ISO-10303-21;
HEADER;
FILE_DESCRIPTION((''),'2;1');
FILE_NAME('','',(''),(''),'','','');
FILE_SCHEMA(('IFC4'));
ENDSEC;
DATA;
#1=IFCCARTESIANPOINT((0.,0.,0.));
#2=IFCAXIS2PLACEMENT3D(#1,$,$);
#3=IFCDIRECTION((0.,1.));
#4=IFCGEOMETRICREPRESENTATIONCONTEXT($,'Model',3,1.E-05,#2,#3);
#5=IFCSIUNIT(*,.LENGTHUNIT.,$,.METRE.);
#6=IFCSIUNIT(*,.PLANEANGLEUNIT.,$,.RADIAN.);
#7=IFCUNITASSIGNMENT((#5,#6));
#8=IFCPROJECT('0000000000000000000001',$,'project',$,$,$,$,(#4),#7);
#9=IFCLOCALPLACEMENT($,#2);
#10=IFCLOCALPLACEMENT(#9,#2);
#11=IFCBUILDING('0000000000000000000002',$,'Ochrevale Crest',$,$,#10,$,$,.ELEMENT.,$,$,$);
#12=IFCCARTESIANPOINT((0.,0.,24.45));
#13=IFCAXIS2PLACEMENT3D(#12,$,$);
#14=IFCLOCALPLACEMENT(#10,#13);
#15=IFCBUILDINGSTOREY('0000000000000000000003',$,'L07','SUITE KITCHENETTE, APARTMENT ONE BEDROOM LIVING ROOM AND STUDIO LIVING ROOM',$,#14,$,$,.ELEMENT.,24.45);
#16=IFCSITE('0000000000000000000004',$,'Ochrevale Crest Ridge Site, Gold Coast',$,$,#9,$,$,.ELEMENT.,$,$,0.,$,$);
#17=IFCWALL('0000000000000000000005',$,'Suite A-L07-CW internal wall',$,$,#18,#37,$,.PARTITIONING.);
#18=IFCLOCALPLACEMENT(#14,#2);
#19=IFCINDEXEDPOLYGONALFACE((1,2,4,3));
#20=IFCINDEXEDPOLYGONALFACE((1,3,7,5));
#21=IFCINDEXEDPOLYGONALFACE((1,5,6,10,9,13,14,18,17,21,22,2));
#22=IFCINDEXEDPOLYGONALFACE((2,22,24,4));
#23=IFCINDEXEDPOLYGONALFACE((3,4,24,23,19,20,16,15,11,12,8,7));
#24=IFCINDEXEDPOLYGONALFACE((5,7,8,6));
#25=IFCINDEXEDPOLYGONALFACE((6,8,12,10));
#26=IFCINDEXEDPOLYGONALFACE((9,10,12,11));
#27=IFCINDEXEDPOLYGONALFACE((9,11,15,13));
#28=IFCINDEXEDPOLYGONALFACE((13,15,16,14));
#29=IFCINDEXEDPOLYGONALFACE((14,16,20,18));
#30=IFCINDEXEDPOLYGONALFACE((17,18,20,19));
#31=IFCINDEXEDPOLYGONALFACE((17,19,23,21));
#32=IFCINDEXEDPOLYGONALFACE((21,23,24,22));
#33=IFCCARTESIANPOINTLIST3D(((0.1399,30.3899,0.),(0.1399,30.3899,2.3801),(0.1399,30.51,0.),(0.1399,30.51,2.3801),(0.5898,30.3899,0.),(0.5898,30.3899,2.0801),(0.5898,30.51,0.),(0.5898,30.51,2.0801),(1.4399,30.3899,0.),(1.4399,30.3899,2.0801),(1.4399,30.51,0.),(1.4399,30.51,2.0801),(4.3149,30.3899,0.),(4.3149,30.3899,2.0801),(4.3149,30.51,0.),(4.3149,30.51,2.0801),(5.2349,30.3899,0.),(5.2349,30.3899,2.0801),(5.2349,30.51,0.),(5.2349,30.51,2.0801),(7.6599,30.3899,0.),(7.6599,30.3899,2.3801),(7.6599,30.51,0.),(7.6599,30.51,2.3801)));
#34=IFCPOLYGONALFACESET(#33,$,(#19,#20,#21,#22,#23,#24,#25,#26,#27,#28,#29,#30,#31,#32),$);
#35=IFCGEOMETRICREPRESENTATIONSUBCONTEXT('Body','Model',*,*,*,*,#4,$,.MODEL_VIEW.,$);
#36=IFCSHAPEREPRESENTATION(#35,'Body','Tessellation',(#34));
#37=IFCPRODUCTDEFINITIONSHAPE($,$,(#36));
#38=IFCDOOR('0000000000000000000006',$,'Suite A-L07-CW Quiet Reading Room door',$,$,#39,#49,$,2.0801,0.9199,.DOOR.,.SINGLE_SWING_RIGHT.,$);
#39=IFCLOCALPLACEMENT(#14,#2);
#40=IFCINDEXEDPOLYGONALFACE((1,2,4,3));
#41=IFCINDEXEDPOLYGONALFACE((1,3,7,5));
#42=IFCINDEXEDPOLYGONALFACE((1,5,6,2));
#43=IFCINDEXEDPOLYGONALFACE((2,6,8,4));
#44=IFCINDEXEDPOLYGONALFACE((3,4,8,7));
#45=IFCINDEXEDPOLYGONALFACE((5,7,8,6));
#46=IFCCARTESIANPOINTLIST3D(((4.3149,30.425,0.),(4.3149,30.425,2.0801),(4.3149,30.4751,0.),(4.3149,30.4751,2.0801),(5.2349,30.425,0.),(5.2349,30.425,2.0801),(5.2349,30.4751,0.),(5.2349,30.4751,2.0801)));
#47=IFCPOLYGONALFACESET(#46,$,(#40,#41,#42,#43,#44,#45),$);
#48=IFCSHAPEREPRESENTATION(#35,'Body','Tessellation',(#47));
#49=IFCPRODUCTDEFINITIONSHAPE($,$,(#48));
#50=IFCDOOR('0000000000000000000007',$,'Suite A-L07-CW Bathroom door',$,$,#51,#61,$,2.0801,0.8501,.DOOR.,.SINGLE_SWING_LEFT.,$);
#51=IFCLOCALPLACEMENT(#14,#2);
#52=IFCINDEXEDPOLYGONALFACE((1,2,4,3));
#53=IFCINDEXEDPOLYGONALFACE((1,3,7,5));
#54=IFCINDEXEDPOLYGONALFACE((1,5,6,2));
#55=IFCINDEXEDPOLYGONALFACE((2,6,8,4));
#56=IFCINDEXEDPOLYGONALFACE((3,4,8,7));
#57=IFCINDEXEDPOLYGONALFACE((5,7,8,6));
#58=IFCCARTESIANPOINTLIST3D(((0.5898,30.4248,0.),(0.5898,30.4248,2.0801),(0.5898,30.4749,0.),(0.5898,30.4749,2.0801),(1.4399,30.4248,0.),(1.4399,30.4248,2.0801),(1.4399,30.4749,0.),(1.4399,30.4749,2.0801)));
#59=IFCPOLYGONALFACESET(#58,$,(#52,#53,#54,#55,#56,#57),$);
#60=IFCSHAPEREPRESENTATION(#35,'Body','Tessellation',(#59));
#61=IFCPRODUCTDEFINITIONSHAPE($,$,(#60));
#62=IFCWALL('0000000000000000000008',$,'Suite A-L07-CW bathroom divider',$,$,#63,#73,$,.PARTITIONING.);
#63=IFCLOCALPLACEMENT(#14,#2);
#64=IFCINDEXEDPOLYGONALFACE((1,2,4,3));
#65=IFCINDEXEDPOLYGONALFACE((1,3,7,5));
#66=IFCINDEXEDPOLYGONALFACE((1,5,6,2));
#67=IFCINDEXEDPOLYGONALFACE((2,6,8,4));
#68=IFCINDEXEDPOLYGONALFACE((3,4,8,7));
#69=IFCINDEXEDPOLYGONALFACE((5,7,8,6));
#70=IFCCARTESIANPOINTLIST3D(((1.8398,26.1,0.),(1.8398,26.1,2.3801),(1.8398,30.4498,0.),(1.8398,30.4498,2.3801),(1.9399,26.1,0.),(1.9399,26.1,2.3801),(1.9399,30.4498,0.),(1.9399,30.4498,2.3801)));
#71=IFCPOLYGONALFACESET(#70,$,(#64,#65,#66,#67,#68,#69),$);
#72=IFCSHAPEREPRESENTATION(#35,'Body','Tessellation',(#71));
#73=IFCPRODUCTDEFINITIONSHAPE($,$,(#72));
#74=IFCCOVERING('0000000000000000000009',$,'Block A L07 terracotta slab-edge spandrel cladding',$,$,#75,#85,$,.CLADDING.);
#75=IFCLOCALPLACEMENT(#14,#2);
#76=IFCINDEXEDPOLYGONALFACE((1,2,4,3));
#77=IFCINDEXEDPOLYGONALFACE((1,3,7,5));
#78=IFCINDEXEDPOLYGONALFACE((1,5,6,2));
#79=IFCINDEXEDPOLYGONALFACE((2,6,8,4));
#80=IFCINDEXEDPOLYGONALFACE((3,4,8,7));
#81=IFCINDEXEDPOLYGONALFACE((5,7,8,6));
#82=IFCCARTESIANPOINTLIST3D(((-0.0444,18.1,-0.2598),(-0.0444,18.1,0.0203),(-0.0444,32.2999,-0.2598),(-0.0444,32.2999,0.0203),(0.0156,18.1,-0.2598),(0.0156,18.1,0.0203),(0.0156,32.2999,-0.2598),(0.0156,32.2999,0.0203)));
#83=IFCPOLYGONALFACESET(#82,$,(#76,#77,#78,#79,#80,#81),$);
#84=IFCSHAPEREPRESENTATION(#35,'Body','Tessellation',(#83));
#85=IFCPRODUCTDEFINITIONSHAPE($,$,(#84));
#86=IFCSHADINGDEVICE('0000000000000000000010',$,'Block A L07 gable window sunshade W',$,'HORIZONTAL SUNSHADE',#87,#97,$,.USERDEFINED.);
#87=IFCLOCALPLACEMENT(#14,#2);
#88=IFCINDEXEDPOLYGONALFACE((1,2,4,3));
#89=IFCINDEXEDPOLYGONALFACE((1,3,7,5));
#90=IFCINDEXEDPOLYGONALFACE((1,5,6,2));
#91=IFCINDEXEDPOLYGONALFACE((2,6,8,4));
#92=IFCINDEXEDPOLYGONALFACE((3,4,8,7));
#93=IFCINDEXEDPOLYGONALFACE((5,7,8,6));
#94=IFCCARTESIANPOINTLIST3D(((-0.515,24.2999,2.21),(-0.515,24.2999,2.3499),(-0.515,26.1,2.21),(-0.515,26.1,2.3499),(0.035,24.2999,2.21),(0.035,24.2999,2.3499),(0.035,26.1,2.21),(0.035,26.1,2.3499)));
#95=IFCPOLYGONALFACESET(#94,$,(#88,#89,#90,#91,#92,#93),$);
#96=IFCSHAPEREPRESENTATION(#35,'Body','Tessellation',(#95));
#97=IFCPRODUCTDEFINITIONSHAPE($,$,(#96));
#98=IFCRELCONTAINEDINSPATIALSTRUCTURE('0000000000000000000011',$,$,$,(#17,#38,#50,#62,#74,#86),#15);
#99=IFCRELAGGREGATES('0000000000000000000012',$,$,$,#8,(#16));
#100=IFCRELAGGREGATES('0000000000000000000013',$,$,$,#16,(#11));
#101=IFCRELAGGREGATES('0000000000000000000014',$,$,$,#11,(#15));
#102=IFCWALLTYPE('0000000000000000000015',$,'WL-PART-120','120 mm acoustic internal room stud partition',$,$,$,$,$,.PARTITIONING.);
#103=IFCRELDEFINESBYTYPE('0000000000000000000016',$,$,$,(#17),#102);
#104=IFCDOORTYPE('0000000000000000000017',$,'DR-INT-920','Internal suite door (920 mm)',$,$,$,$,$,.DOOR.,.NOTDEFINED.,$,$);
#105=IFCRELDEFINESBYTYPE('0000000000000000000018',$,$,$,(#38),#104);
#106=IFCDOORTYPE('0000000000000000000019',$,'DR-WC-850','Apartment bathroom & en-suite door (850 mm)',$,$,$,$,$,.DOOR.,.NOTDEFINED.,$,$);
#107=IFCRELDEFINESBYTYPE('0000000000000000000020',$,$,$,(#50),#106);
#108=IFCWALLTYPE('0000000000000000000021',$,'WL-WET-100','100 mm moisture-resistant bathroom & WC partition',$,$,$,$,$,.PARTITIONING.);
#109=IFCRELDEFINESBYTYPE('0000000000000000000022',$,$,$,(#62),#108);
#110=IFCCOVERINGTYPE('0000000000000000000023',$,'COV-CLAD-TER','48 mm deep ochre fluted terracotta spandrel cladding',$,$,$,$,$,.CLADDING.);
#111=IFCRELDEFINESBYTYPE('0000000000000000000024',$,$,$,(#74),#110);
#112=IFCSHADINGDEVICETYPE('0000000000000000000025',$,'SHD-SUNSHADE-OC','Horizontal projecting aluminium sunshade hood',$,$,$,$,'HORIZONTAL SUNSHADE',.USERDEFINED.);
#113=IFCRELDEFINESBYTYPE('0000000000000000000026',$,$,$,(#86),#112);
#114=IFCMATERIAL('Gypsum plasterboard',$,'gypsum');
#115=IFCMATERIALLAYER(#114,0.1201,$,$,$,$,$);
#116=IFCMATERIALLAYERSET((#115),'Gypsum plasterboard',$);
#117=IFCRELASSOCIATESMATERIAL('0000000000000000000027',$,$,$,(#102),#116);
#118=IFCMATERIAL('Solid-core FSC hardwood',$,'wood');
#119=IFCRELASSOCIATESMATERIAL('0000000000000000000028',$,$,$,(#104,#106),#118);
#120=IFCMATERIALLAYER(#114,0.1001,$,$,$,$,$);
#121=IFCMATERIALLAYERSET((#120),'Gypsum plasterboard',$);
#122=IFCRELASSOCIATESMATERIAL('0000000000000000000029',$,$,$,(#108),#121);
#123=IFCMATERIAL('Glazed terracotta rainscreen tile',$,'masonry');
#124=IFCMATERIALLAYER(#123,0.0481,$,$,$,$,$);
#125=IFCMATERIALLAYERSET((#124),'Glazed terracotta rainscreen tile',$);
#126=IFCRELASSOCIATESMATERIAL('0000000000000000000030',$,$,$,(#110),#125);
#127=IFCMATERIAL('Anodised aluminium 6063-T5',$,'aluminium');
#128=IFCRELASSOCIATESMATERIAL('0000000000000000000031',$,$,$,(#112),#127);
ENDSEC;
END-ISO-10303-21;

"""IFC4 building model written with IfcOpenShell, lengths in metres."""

from ifc_helpers import new_model, si_unit, direction, frame, frame_2d, origin, origin_2d, place, context, subcontext, project, spatial, rectangle, extrude, material, layer, layer_set, type_object, element, fill, save


model = new_model("IFC4")

# Units and contexts
model_context = context("Model", 3, precision=1e-05, world=origin(), true_north=direction((0.0, 1.0)))
body_context = subcontext(model_context, "Body", "Model", "MODEL_VIEW")
ifc_project = project(units=[si_unit("LENGTHUNIT", "METRE"), si_unit("PLANEANGLEUNIT", "RADIAN")], contexts=[model_context])

# Site, building, storey
site_placement = place(None, origin())
site = spatial("IfcSite", under=ifc_project, at=site_placement, Name="Ochrevale Crest Ridge Site, Gold Coast", CompositionType="ELEMENT", RefElevation=0.0)
building_placement = place(site_placement, origin())
building = spatial("IfcBuilding", under=site, at=building_placement, Name="Ochrevale Crest", CompositionType="ELEMENT")
storey_placement = place(building_placement, frame((0.0, 0.0, 24.45)))
storey = spatial("IfcBuildingStorey", under=building, at=storey_placement, Name="L07", Description="SUITE KITCHENETTE, APARTMENT ONE BEDROOM LIVING ROOM AND STUDIO LIVING ROOM", CompositionType="ELEMENT", Elevation=24.45)

# Shared definitions
ifc_material_1 = material(Name="Anodised aluminium 6063-T5", Category="aluminium")

# Shared definitions
ifc_material_2 = material(Name="Gypsum plasterboard", Category="gypsum")
ifc_material_3 = material(Name="Solid-core FSC hardwood", Category="wood")

# Wall, openings, doors
ifc_layer_1 = layer(ifc_material_2, 0.1201)
ifc_layer_set_1 = layer_set([ifc_layer_1], Name="Gypsum plasterboard")
wall_type_1 = type_object("IfcWallType", Name="WL-PART-120", Description="120 mm acoustic internal room stud partition", PredefinedType="PARTITIONING", material=ifc_layer_set_1)
wall_1_placement = place(storey_placement, frame((0.1399, 30.45, 0.0), z_axis=(0.0, 0.0, 1.0), x_axis=(1.0, 0.0, 0.0)))
wall_1 = element("IfcWall", 1, at=wall_1_placement, inside=storey, type_object=wall_type_1, Name="Suite A-L07-CW internal wall", PredefinedType="PARTITIONING", context=body_context, shape_type="SweptSolid", body=[
    extrude(rectangle(XDim=7.52, YDim=0.1201, at=frame_2d((3.76, 0.0))), origin(), (0.0, 0.0, 1.0), 2.3801),
])
opening_1_placement = place(wall_1_placement, frame((0.45, 0.0, 0.0)))
opening_1 = element("IfcOpeningElement", 2, at=opening_1_placement, cuts=wall_1, PredefinedType="OPENING", context=body_context, shape_type="SweptSolid", body=[
    extrude(rectangle(XDim=0.8501, YDim=2.0801, at=frame_2d((0.425, 1.04))), frame((0.0, 0.0701, 0.0), z_axis=(0.0, -1.0, 0.0), x_axis=(1.0, 0.0, 0.0)), (0.0, 0.0, 1.0), 0.1401),
])
opening_2_placement = place(wall_1_placement, frame((5.095, 0.0, 0.0), z_axis=(0.0, 0.0, 1.0), x_axis=(-1.0, 0.0, 0.0)))
opening_2 = element("IfcOpeningElement", 3, at=opening_2_placement, cuts=wall_1, PredefinedType="OPENING", context=body_context, shape_type="SweptSolid", body=[
    extrude(rectangle(XDim=0.9199, YDim=2.0801, at=frame_2d((0.46, 1.04))), frame((0.0, 0.0701, 0.0), z_axis=(0.0, -1.0, 0.0), x_axis=(1.0, 0.0, 0.0)), (0.0, 0.0, 1.0), 0.1401),
])
door_type_1 = type_object("IfcDoorType", Name="DR-INT-920", Description="Internal suite door (920 mm)", OperationType="NOTDEFINED", PredefinedType="DOOR", material=ifc_material_3)
door_1_placement = place(opening_2_placement, origin())
door_1 = element("IfcDoor", 4, at=door_1_placement, inside=storey, type_object=door_type_1, Name="Suite A-L07-CW Quiet Reading Room door", OperationType="SINGLE_SWING_RIGHT", OverallHeight=2.0801, OverallWidth=0.9199, PredefinedType="DOOR", context=body_context, shape_type="SweptSolid", body=[
    extrude(rectangle(XDim=0.9199, YDim=2.0801, at=frame_2d((0.46, 1.04))), frame((0.0, 0.0249, 0.0), z_axis=(0.0, -1.0, 0.0), x_axis=(1.0, 0.0, 0.0)), (0.0, 0.0, 1.0), 0.05),
])
fill(opening_2, door_1)
door_type_2 = type_object("IfcDoorType", Name="DR-WC-850", Description="Apartment bathroom & en-suite door (850 mm)", OperationType="NOTDEFINED", PredefinedType="DOOR", material=ifc_material_3)
door_2_placement = place(opening_1_placement, origin())
door_2 = element("IfcDoor", 5, at=door_2_placement, inside=storey, type_object=door_type_2, Name="Suite A-L07-CW Bathroom door", OperationType="SINGLE_SWING_LEFT", OverallHeight=2.0801, OverallWidth=0.8501, PredefinedType="DOOR", context=body_context, shape_type="SweptSolid", body=[
    extrude(rectangle(XDim=0.8501, YDim=2.0801, at=frame_2d((0.425, 1.04))), frame((0.0, 0.0249, 0.0), z_axis=(0.0, -1.0, 0.0), x_axis=(1.0, 0.0, 0.0)), (0.0, 0.0, 1.0), 0.05),
])
fill(opening_1, door_2)

# Wall
ifc_layer_2 = layer(ifc_material_2, 0.1001)
ifc_layer_set_2 = layer_set([ifc_layer_2], Name="Gypsum plasterboard")
wall_type_2 = type_object("IfcWallType", Name="WL-WET-100", Description="100 mm moisture-resistant bathroom & WC partition", PredefinedType="PARTITIONING", material=ifc_layer_set_2)
wall_2_placement = place(storey_placement, frame((1.8899, 26.1001, 0.0), z_axis=(0.0, 0.0, 1.0), x_axis=(0.0, 1.0, 0.0)))
element("IfcWall", 6, at=wall_2_placement, inside=storey, type_object=wall_type_2, Name="Suite A-L07-CW bathroom divider", PredefinedType="PARTITIONING", context=body_context, shape_type="SweptSolid", body=[
    extrude(rectangle(XDim=4.3499, YDim=0.1001, at=frame_2d((2.1748, 0.0))), origin(), (0.0, 0.0, 1.0), 2.3801),
])

# Covering
ifc_material_4 = material(Name="Glazed terracotta rainscreen tile", Category="masonry")
ifc_layer_3 = layer(ifc_material_4, 0.0481)
ifc_layer_set_3 = layer_set([ifc_layer_3], Name="Glazed terracotta rainscreen tile")
covering_type = type_object("IfcCoveringType", Name="COV-CLAD-TER", Description="48 mm deep ochre fluted terracotta spandrel cladding", PredefinedType="CLADDING", material=ifc_layer_set_3)
covering_placement = place(storey_placement, frame((-0.0144, 25.2, -0.2598), z_axis=(0.0, 0.0, 1.0), x_axis=(0.0, -1.0, 0.0)))
element("IfcCovering", 7, at=covering_placement, inside=storey, type_object=covering_type, Name="Block A L07 terracotta slab-edge spandrel cladding", PredefinedType="CLADDING", context=body_context, shape_type="SweptSolid", body=[
    extrude(rectangle(XDim=14.2, YDim=0.0601, at=origin_2d()), origin(), (0.0, 0.0, 1.0), 0.28),
])

# Shading device
shading_device_type = type_object("IfcShadingDeviceType", Name="SHD-SUNSHADE-OC", Description="Horizontal projecting aluminium sunshade hood", ElementType="HORIZONTAL SUNSHADE", PredefinedType="USERDEFINED", material=ifc_material_1)
shading_device_placement = place(storey_placement, frame((-0.24, 25.2, 2.21), z_axis=(0.0, 0.0, 1.0), x_axis=(1.0, 0.0, 0.0)))
element("IfcShadingDevice", 8, at=shading_device_placement, inside=storey, type_object=shading_device_type, Name="Block A L07 gable window sunshade W", ObjectType="HORIZONTAL SUNSHADE", PredefinedType="USERDEFINED", context=body_context, shape_type="SweptSolid", body=[
    extrude(rectangle(XDim=0.55, YDim=1.8, at=origin_2d()), origin(), (0.0, 0.0, 1.0), 0.1399),
])

save(model, "model.ifc")
